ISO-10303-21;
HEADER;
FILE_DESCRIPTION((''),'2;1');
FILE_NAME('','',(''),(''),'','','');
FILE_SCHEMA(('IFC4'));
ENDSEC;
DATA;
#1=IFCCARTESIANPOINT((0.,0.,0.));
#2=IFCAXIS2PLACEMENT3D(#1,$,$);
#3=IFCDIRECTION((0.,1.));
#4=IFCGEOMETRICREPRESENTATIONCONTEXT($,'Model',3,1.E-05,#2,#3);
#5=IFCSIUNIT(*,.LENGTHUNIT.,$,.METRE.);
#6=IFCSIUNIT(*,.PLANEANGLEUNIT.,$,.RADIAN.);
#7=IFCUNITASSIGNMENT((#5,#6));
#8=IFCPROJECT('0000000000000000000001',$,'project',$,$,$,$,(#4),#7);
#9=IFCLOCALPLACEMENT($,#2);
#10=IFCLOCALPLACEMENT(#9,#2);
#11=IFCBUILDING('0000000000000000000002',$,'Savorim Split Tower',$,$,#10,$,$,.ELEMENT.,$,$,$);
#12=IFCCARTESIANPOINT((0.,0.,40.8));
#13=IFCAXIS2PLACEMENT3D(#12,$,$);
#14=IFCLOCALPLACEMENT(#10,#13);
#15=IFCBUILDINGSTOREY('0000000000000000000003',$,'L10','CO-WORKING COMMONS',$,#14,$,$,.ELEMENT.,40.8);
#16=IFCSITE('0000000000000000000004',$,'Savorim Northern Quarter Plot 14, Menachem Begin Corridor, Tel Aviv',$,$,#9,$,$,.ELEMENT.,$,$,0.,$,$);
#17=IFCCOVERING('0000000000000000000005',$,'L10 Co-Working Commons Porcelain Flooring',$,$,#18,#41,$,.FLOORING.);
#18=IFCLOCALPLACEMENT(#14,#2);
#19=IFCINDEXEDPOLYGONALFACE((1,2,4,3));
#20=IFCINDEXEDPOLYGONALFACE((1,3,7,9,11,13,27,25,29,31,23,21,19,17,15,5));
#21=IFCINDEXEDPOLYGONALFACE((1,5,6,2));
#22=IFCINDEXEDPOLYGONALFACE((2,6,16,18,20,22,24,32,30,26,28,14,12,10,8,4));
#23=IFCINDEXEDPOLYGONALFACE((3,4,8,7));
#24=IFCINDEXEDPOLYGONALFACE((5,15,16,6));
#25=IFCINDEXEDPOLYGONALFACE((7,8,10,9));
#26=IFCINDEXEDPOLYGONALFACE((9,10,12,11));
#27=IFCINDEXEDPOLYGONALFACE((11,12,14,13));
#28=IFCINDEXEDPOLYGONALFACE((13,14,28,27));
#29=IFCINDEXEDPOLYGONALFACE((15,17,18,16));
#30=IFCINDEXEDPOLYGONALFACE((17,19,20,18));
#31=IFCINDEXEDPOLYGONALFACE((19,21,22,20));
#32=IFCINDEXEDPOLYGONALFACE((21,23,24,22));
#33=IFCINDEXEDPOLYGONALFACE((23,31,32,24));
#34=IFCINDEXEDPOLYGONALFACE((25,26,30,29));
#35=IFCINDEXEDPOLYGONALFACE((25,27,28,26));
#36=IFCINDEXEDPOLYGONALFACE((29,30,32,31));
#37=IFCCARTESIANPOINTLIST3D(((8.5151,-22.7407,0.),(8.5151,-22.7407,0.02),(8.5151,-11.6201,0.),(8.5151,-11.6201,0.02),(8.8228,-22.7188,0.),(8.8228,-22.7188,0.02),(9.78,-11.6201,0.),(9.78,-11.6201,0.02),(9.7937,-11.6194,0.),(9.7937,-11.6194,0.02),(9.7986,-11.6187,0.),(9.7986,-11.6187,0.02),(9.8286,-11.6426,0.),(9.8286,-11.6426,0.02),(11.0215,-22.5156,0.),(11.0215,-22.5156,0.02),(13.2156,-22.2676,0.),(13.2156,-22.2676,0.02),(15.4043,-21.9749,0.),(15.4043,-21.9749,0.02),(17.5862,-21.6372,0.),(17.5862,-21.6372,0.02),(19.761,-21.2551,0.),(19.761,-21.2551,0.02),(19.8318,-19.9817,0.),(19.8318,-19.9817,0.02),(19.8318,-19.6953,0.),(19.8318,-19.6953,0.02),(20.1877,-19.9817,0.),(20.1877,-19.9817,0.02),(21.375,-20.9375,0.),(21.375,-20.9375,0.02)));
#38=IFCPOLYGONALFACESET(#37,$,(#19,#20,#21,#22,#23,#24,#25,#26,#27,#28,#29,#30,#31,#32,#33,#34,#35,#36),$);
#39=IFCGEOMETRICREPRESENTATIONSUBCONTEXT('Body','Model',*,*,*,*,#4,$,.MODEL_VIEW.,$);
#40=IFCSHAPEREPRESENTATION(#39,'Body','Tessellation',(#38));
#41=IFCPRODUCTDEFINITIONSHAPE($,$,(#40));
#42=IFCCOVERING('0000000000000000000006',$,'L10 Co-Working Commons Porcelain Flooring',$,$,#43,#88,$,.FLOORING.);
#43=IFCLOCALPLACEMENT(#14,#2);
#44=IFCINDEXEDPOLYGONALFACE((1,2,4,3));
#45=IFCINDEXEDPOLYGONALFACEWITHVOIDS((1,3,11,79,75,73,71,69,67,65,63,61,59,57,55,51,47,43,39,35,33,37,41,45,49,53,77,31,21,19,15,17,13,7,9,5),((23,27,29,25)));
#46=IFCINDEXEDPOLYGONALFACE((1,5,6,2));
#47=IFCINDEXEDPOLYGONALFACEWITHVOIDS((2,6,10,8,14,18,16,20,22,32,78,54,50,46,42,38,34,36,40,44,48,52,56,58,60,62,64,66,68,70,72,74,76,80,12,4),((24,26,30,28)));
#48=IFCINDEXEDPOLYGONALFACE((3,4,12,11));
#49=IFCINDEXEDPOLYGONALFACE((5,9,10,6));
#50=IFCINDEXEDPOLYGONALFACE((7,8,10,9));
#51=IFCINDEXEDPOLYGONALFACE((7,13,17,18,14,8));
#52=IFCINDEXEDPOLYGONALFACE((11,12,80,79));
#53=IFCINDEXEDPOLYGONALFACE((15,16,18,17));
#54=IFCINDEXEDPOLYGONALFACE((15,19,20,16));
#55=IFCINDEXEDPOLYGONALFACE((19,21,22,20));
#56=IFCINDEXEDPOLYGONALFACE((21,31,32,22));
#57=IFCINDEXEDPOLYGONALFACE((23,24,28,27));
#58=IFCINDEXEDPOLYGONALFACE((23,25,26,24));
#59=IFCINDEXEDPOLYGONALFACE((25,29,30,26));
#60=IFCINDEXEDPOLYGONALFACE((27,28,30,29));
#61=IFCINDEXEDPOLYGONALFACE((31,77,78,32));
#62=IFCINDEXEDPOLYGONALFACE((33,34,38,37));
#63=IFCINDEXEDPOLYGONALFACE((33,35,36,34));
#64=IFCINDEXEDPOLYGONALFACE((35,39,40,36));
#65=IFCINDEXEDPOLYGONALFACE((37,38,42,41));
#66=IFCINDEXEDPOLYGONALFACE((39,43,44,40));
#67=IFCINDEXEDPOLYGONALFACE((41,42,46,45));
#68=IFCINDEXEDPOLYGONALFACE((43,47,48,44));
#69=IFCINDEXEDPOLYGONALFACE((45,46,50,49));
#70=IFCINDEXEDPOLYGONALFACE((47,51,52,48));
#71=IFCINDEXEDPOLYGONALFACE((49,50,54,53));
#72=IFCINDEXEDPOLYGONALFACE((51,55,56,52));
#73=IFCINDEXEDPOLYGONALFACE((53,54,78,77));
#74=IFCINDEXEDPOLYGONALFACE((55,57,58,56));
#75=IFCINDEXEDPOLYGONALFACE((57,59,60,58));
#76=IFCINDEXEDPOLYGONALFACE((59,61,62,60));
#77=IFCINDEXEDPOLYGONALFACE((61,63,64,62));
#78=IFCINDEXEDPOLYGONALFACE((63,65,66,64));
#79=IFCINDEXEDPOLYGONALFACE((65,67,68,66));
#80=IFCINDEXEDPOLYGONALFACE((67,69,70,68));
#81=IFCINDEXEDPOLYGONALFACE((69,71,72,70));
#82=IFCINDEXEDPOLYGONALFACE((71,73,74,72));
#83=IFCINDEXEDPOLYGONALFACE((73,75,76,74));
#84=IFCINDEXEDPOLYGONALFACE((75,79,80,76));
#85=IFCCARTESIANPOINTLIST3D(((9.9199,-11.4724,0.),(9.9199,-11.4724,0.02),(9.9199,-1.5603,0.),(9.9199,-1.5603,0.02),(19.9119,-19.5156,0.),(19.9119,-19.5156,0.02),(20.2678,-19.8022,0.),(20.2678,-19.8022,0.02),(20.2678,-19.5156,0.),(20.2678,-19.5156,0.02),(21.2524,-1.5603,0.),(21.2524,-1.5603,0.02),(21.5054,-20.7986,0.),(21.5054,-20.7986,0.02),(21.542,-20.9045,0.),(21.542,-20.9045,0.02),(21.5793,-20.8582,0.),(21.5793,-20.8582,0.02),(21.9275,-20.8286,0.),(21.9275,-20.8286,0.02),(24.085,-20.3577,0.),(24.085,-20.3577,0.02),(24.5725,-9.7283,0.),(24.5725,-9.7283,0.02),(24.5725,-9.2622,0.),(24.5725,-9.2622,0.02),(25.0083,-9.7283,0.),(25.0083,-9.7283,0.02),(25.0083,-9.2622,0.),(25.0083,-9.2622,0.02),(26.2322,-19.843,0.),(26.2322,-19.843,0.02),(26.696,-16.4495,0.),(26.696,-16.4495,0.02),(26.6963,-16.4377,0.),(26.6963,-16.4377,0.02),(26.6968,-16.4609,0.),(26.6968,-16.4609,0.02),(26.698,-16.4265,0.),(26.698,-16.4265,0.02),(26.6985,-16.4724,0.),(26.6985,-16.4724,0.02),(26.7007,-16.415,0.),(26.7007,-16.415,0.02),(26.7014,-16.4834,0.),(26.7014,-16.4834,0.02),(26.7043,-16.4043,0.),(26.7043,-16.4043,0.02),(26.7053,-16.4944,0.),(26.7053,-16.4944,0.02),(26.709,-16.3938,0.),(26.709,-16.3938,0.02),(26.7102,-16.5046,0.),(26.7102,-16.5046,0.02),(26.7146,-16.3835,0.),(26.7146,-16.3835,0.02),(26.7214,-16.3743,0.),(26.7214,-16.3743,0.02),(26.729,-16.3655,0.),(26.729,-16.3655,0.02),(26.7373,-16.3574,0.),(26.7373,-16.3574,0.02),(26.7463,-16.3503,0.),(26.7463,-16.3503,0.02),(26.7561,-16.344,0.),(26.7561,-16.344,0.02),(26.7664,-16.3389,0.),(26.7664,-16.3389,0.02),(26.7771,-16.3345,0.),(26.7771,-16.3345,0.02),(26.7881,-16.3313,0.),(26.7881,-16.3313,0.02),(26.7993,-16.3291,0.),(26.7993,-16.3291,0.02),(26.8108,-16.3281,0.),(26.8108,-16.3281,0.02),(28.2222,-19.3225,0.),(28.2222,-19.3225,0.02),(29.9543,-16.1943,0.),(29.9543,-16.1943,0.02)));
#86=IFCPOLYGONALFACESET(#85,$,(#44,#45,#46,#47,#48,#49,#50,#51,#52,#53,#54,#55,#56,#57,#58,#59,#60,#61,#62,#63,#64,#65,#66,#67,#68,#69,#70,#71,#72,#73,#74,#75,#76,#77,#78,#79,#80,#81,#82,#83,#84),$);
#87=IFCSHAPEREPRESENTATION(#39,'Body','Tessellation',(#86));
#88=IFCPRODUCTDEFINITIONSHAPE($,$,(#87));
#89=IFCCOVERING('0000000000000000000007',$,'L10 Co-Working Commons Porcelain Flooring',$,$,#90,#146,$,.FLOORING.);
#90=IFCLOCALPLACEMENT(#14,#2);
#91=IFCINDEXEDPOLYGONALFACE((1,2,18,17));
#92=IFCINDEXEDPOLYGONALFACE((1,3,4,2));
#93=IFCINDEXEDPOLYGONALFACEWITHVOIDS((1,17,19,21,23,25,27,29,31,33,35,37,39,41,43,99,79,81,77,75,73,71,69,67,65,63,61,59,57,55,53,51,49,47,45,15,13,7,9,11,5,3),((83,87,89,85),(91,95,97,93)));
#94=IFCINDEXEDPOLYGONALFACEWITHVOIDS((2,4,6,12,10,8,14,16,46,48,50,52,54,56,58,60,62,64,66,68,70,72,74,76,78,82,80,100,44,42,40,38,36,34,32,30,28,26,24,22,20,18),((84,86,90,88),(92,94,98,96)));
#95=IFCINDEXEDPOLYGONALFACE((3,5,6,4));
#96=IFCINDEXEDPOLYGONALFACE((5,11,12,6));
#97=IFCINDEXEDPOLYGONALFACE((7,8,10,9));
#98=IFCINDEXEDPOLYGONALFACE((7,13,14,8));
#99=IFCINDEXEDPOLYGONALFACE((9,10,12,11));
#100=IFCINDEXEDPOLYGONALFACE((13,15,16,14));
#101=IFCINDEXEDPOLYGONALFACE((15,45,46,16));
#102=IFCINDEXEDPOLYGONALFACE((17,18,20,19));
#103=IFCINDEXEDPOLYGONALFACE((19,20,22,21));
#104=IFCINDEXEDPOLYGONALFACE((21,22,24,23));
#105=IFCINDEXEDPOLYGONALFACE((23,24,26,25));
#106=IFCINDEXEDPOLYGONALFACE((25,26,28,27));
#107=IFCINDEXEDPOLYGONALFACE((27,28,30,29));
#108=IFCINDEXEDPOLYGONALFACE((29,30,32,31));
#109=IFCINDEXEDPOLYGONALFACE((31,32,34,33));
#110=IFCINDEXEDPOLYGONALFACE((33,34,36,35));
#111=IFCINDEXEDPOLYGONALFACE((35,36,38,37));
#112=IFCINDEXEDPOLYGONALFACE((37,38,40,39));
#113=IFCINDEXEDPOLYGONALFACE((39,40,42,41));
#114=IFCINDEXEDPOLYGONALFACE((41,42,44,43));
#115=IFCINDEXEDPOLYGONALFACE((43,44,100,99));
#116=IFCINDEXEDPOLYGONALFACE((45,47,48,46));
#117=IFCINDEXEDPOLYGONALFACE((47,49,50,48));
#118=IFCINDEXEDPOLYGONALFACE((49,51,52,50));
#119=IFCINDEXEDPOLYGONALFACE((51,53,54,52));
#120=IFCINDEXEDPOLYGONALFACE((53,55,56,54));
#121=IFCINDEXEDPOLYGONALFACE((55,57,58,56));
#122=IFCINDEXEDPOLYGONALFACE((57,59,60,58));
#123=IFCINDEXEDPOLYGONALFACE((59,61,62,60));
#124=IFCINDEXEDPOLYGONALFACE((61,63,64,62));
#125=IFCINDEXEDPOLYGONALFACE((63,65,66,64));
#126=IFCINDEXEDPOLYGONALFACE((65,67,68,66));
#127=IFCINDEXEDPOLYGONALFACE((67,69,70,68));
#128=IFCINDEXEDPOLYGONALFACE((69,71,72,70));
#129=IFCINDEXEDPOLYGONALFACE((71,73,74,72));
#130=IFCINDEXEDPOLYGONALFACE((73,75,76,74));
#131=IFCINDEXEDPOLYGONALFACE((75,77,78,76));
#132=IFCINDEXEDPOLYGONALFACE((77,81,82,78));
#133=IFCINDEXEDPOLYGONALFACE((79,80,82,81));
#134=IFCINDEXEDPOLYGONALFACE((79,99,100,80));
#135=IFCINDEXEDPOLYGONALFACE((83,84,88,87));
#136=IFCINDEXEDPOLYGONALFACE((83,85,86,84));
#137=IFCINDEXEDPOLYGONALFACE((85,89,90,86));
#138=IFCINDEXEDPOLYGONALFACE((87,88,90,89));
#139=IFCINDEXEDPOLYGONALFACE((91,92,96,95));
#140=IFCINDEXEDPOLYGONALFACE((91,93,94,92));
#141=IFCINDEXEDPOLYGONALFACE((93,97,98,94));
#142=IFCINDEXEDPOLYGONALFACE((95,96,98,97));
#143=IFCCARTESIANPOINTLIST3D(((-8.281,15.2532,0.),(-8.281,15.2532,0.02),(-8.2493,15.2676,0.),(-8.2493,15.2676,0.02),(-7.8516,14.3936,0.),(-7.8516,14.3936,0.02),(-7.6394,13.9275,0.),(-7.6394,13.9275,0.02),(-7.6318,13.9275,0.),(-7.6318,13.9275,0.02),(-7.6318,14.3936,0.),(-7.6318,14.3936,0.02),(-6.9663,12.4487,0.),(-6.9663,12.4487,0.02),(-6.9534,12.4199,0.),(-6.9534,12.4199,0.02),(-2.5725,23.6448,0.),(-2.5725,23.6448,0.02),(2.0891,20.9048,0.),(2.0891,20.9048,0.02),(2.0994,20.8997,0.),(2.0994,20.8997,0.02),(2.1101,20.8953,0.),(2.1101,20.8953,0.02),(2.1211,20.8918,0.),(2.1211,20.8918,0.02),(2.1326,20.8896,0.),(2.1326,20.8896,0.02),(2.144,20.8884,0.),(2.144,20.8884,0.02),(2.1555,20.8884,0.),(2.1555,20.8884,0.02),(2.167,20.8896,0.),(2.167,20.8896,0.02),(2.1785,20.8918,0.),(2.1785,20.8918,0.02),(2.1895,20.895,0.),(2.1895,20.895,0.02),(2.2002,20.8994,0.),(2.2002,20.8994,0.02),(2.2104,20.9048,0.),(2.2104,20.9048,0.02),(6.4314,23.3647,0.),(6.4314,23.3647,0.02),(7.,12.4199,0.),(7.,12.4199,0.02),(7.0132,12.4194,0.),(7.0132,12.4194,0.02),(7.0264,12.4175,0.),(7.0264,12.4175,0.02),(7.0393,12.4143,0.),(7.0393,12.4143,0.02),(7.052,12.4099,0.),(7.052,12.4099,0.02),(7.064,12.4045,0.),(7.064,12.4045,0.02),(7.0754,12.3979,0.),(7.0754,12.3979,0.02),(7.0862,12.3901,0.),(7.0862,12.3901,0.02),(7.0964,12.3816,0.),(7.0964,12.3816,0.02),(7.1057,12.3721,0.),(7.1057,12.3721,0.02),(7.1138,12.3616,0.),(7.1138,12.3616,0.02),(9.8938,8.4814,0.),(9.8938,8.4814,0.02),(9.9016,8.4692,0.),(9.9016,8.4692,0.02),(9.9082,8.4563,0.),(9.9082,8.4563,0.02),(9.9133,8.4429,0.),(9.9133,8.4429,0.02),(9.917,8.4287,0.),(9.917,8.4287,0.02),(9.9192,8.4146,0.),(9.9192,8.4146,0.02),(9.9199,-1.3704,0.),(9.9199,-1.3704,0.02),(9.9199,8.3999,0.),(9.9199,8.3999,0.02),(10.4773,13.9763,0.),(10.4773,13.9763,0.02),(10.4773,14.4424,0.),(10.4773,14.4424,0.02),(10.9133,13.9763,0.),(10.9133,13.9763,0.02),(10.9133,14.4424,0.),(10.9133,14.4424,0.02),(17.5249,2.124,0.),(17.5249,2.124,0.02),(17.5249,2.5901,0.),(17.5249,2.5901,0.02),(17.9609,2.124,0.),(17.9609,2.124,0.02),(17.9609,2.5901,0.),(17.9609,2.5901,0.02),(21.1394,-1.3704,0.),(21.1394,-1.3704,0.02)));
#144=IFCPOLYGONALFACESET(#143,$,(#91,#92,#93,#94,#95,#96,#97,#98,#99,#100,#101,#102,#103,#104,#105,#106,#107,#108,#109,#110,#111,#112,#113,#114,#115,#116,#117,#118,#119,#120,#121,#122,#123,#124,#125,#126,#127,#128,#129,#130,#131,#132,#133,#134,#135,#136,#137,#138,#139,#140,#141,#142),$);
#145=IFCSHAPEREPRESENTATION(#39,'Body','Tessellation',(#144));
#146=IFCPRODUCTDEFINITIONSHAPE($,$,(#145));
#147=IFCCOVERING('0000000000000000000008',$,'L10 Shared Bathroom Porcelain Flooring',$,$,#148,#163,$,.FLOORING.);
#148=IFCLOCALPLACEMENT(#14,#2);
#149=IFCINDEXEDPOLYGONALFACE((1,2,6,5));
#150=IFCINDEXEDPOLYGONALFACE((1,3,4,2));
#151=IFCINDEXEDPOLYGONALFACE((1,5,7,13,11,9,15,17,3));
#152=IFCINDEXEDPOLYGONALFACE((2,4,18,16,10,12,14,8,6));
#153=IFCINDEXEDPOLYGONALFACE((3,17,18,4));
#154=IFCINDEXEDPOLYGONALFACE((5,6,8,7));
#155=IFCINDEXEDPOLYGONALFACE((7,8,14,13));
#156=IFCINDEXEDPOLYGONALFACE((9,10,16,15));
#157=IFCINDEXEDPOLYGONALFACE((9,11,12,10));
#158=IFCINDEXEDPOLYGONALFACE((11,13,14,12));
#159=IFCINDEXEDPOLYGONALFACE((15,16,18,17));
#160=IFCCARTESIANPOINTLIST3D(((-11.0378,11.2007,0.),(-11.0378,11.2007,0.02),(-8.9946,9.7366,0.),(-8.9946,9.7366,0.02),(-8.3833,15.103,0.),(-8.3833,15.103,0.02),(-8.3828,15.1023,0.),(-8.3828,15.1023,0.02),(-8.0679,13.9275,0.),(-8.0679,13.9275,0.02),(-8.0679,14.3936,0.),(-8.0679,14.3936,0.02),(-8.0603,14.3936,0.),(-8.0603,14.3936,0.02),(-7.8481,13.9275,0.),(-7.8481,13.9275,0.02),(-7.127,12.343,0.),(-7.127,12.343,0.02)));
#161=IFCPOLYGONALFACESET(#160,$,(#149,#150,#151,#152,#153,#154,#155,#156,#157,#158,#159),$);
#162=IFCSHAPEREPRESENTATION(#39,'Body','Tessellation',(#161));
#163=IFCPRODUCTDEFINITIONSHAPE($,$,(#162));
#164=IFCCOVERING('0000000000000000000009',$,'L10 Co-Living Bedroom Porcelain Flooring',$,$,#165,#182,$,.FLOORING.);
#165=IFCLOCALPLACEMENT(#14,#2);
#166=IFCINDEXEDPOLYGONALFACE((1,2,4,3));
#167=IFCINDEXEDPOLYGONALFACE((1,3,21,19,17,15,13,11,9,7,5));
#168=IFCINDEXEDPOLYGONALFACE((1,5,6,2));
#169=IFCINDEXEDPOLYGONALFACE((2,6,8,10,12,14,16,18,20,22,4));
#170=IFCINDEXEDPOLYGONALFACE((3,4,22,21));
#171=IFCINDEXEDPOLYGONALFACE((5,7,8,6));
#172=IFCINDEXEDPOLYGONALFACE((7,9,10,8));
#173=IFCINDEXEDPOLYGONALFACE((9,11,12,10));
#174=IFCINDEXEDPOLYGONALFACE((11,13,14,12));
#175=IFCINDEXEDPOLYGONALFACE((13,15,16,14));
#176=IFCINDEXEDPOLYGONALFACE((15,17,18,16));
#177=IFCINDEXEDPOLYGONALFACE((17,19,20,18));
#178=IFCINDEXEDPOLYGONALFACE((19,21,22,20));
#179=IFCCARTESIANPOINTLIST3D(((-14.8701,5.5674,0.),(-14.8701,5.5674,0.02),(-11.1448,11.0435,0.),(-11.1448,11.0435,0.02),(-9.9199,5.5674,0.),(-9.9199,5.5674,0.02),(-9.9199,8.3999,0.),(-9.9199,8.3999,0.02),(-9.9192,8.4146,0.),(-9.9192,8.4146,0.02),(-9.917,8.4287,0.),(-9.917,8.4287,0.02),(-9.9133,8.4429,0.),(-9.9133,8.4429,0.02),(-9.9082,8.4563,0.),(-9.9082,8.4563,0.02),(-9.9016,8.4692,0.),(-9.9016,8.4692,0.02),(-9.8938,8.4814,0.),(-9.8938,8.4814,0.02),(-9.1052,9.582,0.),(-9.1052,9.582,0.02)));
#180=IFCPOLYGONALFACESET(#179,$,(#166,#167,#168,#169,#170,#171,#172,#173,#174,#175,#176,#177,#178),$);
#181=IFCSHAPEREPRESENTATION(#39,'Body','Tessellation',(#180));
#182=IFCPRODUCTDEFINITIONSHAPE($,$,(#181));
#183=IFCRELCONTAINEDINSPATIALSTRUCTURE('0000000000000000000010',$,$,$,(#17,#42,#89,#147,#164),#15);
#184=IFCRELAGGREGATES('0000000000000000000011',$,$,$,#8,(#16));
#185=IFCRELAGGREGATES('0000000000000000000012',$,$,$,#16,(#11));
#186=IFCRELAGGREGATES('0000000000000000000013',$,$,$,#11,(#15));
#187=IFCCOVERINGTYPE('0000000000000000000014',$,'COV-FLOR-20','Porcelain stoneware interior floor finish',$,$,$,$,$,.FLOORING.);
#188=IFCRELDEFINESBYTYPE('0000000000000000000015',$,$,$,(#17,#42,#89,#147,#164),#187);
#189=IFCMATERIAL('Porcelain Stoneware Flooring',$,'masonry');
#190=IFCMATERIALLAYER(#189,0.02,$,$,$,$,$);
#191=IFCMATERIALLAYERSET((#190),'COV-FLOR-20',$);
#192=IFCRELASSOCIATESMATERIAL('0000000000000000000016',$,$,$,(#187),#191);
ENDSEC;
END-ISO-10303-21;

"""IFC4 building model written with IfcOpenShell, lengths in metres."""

from ifc_helpers import new_model, si_unit, direction, frame, origin, place, context, subcontext, project, spatial, polyline, outline, extrude, material, layer, layer_set, type_object, element, save


model = new_model("IFC4")

# Units and contexts
model_context = context("Model", 3, precision=1e-05, world=origin(), true_north=direction((0.0, 1.0)))
body_context = subcontext(model_context, "Body", "Model", "MODEL_VIEW")
ifc_project = project(units=[si_unit("LENGTHUNIT", "METRE"), si_unit("PLANEANGLEUNIT", "RADIAN")], contexts=[model_context])

# Site, building, storey
site_placement = place(None, origin())
site = spatial("IfcSite", under=ifc_project, at=site_placement, Name="Savorim Northern Quarter Plot 14, Menachem Begin Corridor, Tel Aviv", CompositionType="ELEMENT", RefElevation=0.0)
building_placement = place(site_placement, origin())
building = spatial("IfcBuilding", under=site, at=building_placement, Name="Savorim Split Tower", CompositionType="ELEMENT")
storey_placement = place(building_placement, frame((0.0, 0.0, 40.8)))
storey = spatial("IfcBuildingStorey", under=building, at=storey_placement, Name="L10", Description="CO-WORKING COMMONS", CompositionType="ELEMENT", Elevation=40.8)

# Coverings
ifc_material_1 = material(Name="Porcelain Stoneware Flooring", Category="masonry")
ifc_layer_1 = layer(ifc_material_1, 0.02)
ifc_layer_set_1 = layer_set([ifc_layer_1], Name="COV-FLOR-20")
covering_type_1 = type_object("IfcCoveringType", Name="COV-FLOR-20", Description="Porcelain stoneware interior floor finish", PredefinedType="FLOORING", material=ifc_layer_set_1)
covering_1_placement = place(storey_placement, origin())
element("IfcCovering", 1, at=covering_1_placement, inside=storey, type_object=covering_type_1, Name="L10 Co-Working Commons Porcelain Flooring", PredefinedType="FLOORING", context=body_context, shape_type="SweptSolid", body=[
    extrude(outline(polyline([(13.2156, -22.2676), (15.4043, -21.9749), (17.5862, -21.6372), (19.761, -21.2551), (21.375, -20.9375), (20.1877, -19.9817), (19.8318, -19.9817), (19.8318, -19.6953), (9.8286, -11.6426), (9.7986, -11.6187), (9.7937, -11.6194), (9.78, -11.6201), (8.5151, -11.6201), (8.5151, -22.7407), (8.8228, -22.7188), (11.0215, -22.5156), (13.2156, -22.2676)])), origin(), (0.0, 0.0, 1.0), 0.02),
])
covering_2_placement = place(storey_placement, origin())
element("IfcCovering", 2, at=covering_2_placement, inside=storey, type_object=covering_type_1, Name="L10 Co-Working Commons Porcelain Flooring", PredefinedType="FLOORING", context=body_context, shape_type="SweptSolid", body=[
    extrude(outline(polyline([(26.7993, -16.3291), (26.8108, -16.3281), (29.9543, -16.1943), (21.2524, -1.5603), (9.9199, -1.5603), (9.9199, -11.4724), (19.9119, -19.5156), (20.2678, -19.5156), (20.2678, -19.8022), (21.5054, -20.7986), (21.5793, -20.8582), (21.542, -20.9045), (21.9275, -20.8286), (24.085, -20.3577), (26.2322, -19.843), (28.2222, -19.3225), (26.7102, -16.5046), (26.7053, -16.4944), (26.7014, -16.4834), (26.6985, -16.4724), (26.6968, -16.4609), (26.696, -16.4495), (26.6963, -16.4377), (26.698, -16.4265), (26.7007, -16.415), (26.7043, -16.4043), (26.709, -16.3938), (26.7146, -16.3835), (26.7214, -16.3743), (26.729, -16.3655), (26.7373, -16.3574), (26.7463, -16.3503), (26.7561, -16.344), (26.7664, -16.3389), (26.7771, -16.3345), (26.7881, -16.3313), (26.7993, -16.3291)]), holes=[polyline([(25.0083, -9.7283), (25.0083, -9.2622), (24.5725, -9.2622), (24.5725, -9.7283), (25.0083, -9.7283)])]), origin(), (0.0, 0.0, 1.0), 0.02),
])
covering_3_placement = place(storey_placement, origin())
element("IfcCovering", 3, at=covering_3_placement, inside=storey, type_object=covering_type_1, Name="L10 Co-Working Commons Porcelain Flooring", PredefinedType="FLOORING", context=body_context, shape_type="SweptSolid", body=[
    extrude(outline(polyline([(2.1101, 20.8953), (2.0994, 20.8997), (2.0891, 20.9048), (-2.5725, 23.6448), (-8.281, 15.2532), (-8.2493, 15.2676), (-7.8516, 14.3936), (-7.6318, 14.3936), (-7.6318, 13.9275), (-7.6394, 13.9275), (-6.9663, 12.4487), (-6.9534, 12.4199), (7.0, 12.4199), (7.0132, 12.4194), (7.0264, 12.4175), (7.0393, 12.4143), (7.052, 12.4099), (7.064, 12.4045), (7.0754, 12.3979), (7.0862, 12.3901), (7.0964, 12.3816), (7.1057, 12.3721), (7.1138, 12.3616), (9.8938, 8.4814), (9.9016, 8.4692), (9.9082, 8.4563), (9.9133, 8.4429), (9.917, 8.4287), (9.9192, 8.4146), (9.9199, 8.3999), (9.9199, -1.3704), (21.1394, -1.3704), (6.4314, 23.3647), (2.2104, 20.9048), (2.2002, 20.8994), (2.1895, 20.895), (2.1785, 20.8918), (2.167, 20.8896), (2.1555, 20.8884), (2.144, 20.8884), (2.1326, 20.8896), (2.1211, 20.8918), (2.1101, 20.8953)]), holes=[polyline([(17.9609, 2.124), (17.9609, 2.5901), (17.5249, 2.5901), (17.5249, 2.124), (17.9609, 2.124)]), polyline([(10.9133, 14.4424), (10.4773, 14.4424), (10.4773, 13.9763), (10.9133, 13.9763), (10.9133, 14.4424)])]), origin(), (0.0, 0.0, 1.0), 0.02),
])
covering_4_placement = place(storey_placement, origin())
element("IfcCovering", 4, at=covering_4_placement, inside=storey, type_object=covering_type_1, Name="L10 Shared Bathroom Porcelain Flooring", PredefinedType="FLOORING", context=body_context, shape_type="SweptSolid", body=[
    extrude(outline(polyline([(-8.0679, 14.3936), (-8.0603, 14.3936), (-8.3828, 15.1023), (-8.3833, 15.103), (-11.0378, 11.2007), (-8.9946, 9.7366), (-7.127, 12.343), (-7.8481, 13.9275), (-8.0679, 13.9275), (-8.0679, 14.3936)])), origin(), (0.0, 0.0, 1.0), 0.02),
])
covering_5_placement = place(storey_placement, origin())
element("IfcCovering", 5, at=covering_5_placement, inside=storey, type_object=covering_type_1, Name="L10 Co-Living Bedroom Porcelain Flooring", PredefinedType="FLOORING", context=body_context, shape_type="SweptSolid", body=[
    extrude(outline(polyline([(-9.9082, 8.4563), (-9.9016, 8.4692), (-9.8938, 8.4814), (-9.1052, 9.582), (-11.1448, 11.0435), (-14.8701, 5.5674), (-9.9199, 5.5674), (-9.9199, 8.3999), (-9.9192, 8.4146), (-9.917, 8.4287), (-9.9133, 8.4429), (-9.9082, 8.4563)])), origin(), (0.0, 0.0, 1.0), 0.02),
])

save(model, "model.ifc")
